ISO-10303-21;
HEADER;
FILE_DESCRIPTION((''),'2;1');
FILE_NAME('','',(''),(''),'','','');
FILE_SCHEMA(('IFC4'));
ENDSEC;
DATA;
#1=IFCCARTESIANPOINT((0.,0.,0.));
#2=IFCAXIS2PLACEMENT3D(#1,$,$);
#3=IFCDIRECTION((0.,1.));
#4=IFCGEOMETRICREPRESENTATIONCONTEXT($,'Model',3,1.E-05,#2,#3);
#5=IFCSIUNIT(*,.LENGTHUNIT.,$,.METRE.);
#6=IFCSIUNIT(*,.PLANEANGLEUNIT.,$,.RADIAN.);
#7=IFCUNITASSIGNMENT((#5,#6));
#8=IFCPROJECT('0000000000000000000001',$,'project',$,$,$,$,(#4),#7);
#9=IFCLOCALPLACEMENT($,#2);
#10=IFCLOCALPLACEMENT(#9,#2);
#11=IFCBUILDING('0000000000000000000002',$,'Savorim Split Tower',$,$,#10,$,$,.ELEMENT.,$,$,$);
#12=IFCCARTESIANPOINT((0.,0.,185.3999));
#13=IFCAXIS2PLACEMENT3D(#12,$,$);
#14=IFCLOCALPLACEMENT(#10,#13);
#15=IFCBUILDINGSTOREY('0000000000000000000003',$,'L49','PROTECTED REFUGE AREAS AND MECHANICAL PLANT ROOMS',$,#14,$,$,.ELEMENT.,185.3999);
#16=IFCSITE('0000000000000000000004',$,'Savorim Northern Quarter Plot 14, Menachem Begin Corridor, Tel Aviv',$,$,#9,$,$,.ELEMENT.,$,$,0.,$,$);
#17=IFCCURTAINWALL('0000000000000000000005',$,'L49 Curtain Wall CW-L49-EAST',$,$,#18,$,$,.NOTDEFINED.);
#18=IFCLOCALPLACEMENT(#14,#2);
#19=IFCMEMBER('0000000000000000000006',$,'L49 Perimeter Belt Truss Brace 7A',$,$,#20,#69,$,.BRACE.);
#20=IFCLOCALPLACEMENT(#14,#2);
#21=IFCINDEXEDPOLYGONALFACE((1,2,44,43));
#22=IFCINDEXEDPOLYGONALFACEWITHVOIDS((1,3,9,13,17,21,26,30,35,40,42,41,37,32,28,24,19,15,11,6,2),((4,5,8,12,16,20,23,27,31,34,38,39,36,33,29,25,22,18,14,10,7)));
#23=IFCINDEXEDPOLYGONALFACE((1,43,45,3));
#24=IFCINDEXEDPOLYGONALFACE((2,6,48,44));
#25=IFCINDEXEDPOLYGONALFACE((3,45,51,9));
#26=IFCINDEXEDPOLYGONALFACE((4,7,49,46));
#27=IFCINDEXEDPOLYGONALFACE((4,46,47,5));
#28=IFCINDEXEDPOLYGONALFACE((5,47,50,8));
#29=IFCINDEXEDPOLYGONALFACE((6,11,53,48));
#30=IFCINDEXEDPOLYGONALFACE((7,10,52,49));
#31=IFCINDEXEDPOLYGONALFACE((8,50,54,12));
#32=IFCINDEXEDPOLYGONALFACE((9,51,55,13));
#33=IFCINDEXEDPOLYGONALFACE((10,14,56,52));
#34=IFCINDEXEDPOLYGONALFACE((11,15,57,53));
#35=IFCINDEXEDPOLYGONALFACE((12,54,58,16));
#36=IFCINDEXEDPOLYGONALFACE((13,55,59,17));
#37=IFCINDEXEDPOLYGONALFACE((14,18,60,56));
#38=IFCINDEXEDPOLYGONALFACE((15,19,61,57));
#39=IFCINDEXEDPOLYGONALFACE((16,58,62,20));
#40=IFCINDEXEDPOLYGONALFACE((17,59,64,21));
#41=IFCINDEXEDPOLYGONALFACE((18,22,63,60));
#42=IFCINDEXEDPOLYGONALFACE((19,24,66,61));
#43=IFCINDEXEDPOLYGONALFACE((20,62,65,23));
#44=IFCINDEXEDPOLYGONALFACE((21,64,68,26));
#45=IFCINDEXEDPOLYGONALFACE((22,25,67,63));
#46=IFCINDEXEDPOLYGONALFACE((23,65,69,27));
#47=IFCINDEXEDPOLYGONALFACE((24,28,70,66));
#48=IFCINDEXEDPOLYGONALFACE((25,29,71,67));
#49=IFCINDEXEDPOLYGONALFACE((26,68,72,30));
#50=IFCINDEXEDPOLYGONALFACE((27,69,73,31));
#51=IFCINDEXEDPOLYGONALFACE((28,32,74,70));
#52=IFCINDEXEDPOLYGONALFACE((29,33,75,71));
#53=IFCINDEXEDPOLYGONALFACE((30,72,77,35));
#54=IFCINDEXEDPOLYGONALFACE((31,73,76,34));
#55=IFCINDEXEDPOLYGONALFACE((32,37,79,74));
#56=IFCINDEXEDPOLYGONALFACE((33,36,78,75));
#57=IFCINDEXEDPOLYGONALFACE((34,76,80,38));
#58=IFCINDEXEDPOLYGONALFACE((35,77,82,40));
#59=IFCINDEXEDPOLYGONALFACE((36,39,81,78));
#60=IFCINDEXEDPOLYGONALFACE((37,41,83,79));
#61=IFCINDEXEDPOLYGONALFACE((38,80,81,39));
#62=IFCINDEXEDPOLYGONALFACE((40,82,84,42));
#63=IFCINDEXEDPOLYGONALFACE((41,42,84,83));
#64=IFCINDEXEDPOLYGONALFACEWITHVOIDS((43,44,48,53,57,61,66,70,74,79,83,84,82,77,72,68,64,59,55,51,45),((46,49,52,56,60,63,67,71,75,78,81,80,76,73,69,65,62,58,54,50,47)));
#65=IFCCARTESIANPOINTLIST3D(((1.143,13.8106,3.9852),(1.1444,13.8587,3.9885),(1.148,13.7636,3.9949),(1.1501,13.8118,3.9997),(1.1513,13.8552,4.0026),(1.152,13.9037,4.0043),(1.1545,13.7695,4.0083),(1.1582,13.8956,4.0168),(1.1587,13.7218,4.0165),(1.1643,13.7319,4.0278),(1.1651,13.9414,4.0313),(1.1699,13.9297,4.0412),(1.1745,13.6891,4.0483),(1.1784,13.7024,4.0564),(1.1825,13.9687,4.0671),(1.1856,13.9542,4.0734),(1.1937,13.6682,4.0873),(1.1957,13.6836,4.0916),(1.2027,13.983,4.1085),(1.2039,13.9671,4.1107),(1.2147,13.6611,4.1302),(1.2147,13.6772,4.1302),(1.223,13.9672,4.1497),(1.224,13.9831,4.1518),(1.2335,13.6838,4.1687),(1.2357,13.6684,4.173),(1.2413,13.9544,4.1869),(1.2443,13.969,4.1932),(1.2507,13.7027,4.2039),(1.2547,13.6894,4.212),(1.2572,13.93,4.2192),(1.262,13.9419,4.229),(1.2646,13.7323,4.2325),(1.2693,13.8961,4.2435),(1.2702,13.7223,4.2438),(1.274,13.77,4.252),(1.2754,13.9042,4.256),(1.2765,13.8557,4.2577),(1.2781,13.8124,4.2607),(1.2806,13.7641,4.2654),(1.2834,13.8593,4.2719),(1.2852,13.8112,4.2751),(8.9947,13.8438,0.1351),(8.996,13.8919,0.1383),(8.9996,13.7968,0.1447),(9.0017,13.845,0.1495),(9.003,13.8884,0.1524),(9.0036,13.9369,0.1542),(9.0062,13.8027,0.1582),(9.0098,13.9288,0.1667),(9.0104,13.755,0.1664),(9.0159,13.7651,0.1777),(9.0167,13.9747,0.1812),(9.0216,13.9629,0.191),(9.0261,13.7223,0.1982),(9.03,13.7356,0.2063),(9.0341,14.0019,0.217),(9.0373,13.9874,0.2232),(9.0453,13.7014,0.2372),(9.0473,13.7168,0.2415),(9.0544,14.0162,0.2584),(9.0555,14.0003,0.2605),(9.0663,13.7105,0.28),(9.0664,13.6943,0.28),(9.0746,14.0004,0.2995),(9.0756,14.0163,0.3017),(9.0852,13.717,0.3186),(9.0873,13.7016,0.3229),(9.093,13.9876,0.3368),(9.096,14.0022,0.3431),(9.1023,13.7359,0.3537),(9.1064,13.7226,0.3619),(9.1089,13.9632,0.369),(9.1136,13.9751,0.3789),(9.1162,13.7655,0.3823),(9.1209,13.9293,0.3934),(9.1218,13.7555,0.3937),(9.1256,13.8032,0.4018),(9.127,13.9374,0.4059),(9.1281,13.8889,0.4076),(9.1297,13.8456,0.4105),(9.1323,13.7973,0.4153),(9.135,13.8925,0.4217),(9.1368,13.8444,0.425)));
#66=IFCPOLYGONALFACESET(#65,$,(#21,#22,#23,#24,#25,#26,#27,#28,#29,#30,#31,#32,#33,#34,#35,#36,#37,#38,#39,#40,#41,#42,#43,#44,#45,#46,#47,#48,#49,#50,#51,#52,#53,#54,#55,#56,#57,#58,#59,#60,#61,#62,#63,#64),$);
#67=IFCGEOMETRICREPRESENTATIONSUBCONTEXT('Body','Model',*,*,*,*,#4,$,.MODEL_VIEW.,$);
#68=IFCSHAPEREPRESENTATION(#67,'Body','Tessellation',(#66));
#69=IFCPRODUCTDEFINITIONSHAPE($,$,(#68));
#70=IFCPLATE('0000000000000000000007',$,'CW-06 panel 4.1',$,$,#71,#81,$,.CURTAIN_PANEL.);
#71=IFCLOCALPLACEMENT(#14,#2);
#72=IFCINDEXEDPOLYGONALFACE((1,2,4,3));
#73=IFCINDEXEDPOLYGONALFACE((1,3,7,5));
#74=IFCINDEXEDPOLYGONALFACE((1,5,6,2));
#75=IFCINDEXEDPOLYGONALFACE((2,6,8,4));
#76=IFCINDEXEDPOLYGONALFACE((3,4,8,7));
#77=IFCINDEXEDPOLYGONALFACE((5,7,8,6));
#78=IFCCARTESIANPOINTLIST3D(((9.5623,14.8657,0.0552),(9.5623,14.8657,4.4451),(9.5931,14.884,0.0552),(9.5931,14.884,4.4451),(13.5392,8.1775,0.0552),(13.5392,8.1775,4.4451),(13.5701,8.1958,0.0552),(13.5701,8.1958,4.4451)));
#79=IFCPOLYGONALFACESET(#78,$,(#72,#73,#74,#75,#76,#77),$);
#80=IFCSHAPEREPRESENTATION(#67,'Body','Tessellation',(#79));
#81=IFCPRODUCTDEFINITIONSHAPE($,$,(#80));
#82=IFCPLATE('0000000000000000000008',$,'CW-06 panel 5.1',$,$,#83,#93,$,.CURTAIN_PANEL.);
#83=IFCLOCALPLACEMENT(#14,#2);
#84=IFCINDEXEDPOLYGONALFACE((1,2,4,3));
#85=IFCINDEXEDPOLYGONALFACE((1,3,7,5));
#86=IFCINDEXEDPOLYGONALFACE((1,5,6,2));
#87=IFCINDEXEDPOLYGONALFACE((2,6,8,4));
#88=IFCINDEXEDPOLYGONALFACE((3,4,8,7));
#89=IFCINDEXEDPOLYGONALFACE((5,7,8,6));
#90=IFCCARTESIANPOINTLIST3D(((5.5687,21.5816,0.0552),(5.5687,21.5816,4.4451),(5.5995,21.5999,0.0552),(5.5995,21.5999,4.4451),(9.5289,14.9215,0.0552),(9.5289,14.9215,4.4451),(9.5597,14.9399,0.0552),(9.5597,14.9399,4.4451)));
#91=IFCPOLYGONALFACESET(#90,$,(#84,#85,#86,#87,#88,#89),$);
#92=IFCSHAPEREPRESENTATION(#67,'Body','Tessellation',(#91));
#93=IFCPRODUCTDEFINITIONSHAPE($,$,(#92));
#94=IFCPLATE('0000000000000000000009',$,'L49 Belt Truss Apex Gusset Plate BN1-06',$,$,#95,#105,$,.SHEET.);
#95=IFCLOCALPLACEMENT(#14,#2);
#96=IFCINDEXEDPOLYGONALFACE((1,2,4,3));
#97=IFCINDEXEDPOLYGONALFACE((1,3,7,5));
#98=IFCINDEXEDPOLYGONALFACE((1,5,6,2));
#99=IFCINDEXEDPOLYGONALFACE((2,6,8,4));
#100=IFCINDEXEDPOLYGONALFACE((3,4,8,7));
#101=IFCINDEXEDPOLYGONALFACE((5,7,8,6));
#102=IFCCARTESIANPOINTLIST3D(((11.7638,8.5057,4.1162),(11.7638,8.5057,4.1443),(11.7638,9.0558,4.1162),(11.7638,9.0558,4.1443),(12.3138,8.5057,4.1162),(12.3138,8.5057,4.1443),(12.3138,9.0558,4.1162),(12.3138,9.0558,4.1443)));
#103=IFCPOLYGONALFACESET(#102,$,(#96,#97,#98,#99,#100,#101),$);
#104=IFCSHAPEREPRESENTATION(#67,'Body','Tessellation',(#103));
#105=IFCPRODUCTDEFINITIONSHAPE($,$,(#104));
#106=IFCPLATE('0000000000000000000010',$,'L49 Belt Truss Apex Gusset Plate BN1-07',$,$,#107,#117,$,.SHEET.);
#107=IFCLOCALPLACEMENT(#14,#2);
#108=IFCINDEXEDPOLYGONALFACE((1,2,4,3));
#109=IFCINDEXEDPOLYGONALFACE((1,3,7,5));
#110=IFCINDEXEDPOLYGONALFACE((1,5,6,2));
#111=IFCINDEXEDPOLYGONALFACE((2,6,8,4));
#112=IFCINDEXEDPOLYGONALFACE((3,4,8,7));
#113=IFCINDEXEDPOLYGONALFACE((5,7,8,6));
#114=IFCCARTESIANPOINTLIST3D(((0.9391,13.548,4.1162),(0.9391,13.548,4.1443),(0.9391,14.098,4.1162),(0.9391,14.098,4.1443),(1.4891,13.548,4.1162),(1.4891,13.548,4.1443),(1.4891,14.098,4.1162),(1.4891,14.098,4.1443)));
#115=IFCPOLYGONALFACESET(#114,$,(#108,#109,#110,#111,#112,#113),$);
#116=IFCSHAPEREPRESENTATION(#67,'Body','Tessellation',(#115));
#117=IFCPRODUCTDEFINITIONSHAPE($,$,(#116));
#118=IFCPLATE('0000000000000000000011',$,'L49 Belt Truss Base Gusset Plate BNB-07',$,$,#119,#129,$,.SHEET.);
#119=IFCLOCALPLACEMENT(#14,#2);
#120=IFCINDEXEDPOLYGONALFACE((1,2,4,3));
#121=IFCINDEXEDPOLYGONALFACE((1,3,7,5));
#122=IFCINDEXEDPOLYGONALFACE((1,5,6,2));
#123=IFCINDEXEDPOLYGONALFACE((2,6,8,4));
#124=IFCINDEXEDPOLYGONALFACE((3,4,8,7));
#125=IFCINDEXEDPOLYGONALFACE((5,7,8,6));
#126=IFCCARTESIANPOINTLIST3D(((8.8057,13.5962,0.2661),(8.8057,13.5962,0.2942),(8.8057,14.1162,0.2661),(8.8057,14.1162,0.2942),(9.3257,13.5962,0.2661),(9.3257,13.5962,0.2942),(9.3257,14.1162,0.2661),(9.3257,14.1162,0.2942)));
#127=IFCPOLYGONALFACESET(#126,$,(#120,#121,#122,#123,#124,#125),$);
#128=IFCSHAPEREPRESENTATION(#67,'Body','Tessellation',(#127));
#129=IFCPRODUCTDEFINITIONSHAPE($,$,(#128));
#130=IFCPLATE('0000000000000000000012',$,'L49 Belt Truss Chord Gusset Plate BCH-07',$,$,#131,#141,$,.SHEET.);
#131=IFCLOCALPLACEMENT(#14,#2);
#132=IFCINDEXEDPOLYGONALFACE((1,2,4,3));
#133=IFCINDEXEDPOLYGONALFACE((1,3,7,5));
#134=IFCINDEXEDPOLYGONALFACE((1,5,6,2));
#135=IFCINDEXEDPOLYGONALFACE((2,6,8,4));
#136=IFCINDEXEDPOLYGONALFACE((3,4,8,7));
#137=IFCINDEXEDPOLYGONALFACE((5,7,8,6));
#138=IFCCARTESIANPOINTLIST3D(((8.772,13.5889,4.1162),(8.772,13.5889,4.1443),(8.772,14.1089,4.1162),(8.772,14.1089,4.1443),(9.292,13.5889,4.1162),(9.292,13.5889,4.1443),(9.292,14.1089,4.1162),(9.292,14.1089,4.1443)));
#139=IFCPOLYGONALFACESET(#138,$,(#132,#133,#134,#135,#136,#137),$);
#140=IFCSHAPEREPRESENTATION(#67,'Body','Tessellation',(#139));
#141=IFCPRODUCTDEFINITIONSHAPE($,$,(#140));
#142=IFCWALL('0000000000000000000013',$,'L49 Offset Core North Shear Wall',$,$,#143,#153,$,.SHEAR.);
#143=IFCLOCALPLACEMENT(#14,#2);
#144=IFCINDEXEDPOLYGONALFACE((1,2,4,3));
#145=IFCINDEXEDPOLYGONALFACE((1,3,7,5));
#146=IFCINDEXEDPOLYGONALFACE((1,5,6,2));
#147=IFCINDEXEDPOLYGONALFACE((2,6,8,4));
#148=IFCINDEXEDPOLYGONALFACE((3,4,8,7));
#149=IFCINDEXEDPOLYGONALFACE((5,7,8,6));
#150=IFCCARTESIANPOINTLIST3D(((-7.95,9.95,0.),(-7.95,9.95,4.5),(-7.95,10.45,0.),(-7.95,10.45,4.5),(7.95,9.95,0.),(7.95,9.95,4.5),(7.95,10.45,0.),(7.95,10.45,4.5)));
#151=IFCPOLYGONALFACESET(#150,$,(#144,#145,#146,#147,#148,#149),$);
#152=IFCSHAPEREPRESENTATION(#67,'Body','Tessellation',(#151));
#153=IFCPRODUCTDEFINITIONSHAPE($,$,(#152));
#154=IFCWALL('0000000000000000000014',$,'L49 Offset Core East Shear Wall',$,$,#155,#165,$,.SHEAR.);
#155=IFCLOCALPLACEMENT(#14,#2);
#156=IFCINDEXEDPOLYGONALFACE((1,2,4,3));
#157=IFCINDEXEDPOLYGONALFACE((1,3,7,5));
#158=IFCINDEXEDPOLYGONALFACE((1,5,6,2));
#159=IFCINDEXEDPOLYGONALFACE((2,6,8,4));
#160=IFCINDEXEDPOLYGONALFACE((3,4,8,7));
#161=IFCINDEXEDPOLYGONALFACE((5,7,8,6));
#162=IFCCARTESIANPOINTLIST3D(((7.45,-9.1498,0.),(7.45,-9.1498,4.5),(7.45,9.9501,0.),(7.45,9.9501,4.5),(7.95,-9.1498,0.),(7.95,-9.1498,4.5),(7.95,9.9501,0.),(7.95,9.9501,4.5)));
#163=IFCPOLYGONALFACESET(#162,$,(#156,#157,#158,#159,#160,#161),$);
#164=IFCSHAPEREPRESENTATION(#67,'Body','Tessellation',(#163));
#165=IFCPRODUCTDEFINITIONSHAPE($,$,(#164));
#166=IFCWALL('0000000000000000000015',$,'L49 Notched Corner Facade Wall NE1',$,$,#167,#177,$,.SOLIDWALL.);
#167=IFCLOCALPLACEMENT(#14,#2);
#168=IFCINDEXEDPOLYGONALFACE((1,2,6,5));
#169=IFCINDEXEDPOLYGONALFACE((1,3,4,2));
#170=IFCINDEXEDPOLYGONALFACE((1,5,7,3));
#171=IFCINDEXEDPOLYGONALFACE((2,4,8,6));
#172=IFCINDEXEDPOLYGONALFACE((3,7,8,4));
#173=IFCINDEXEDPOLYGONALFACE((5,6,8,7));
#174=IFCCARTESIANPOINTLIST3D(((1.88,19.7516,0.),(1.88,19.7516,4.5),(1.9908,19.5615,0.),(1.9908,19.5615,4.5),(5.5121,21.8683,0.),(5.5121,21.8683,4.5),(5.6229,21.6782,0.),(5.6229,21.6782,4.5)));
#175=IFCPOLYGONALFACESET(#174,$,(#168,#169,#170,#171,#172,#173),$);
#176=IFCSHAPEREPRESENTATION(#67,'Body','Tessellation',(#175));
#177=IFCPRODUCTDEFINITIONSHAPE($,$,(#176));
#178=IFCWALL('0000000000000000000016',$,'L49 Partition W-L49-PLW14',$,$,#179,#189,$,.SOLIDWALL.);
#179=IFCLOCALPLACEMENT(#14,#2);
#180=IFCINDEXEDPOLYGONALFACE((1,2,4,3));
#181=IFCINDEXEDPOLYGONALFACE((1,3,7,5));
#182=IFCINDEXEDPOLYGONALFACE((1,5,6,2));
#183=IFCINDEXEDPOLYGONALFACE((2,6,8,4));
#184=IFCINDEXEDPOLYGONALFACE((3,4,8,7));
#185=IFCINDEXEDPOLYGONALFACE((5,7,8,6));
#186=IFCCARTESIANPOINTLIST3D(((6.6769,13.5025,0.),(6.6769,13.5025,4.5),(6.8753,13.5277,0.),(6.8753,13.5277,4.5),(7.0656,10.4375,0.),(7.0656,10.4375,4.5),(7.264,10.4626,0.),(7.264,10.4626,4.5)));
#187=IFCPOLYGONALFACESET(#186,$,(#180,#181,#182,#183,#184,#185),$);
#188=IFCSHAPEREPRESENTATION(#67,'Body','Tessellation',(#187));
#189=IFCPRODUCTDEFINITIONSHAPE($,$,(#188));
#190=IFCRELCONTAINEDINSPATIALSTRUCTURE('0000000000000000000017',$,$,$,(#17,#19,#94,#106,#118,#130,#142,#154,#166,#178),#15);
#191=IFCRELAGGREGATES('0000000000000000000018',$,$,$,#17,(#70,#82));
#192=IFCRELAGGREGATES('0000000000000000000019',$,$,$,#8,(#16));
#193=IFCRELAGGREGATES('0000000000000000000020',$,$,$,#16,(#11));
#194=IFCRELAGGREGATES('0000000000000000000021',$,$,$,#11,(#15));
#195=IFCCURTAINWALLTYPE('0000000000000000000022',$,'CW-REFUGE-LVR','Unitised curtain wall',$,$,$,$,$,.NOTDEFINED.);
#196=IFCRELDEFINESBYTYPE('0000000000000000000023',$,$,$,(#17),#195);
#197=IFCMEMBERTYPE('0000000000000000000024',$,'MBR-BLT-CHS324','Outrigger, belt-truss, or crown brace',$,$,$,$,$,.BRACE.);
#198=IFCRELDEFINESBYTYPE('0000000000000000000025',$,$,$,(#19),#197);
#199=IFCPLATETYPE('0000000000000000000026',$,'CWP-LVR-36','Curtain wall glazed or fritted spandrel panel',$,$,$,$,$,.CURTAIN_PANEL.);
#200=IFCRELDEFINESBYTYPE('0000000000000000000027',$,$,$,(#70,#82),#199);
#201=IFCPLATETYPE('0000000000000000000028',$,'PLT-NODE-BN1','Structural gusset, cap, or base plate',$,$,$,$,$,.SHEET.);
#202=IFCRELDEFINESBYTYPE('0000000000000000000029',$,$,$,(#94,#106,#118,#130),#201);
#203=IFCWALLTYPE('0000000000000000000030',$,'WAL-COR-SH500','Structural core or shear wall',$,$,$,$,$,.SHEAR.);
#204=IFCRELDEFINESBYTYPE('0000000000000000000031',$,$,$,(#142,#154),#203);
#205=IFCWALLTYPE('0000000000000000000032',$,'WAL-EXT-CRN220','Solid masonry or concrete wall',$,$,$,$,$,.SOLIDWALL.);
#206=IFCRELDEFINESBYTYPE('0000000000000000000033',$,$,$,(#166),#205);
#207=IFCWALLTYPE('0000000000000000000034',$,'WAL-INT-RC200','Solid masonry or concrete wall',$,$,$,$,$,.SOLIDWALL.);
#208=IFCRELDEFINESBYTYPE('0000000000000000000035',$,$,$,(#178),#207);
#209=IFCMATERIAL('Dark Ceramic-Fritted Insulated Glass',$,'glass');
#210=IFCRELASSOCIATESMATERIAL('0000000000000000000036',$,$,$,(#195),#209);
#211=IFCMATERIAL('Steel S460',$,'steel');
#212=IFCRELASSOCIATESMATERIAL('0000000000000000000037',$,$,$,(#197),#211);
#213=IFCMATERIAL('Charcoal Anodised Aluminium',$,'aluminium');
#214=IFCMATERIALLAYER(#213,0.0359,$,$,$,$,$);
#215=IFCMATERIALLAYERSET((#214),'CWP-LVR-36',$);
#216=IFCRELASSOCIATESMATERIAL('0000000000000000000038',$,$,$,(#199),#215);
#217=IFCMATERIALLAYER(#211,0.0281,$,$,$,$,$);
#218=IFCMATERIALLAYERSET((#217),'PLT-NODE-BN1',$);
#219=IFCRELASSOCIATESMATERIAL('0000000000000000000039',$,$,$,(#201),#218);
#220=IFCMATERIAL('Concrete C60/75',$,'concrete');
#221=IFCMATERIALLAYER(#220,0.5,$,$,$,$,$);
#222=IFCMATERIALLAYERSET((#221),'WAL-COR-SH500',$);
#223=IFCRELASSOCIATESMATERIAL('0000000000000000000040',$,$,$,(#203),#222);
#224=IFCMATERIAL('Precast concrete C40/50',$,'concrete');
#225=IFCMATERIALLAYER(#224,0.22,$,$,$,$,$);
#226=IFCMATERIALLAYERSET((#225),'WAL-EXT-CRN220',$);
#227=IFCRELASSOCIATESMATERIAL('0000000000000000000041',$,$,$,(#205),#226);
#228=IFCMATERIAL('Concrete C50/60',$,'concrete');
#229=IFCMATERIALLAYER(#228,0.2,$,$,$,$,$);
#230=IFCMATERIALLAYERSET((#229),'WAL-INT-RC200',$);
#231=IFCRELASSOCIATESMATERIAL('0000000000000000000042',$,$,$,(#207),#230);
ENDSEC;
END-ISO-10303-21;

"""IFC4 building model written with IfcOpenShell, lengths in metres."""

from ifc_helpers import new_model, si_unit, direction, frame, frame_2d, origin, origin_2d, place, context, subcontext, project, spatial, rectangle, hollow_circle, extrude, material, layer, layer_set, material_profile, profile_set, type_object, element, aggregate, save


model = new_model("IFC4")

# Units and contexts
model_context = context("Model", 3, precision=1e-05, world=origin(), true_north=direction((0.0, 1.0)))
body_context = subcontext(model_context, "Body", "Model", "MODEL_VIEW")
ifc_project = project(units=[si_unit("LENGTHUNIT", "METRE"), si_unit("PLANEANGLEUNIT", "RADIAN")], contexts=[model_context])

# Site, building, storey
site_placement = place(None, origin())
site = spatial("IfcSite", under=ifc_project, at=site_placement, Name="Savorim Northern Quarter Plot 14, Menachem Begin Corridor, Tel Aviv", CompositionType="ELEMENT", RefElevation=0.0)
building_placement = place(site_placement, origin())
building = spatial("IfcBuilding", under=site, at=building_placement, Name="Savorim Split Tower", CompositionType="ELEMENT")
storey_placement = place(building_placement, frame((0.0, 0.0, 185.3999)))
storey = spatial("IfcBuildingStorey", under=building, at=storey_placement, Name="L49", Description="PROTECTED REFUGE AREAS AND MECHANICAL PLANT ROOMS", CompositionType="ELEMENT", Elevation=185.3999)

# Shared definitions
ifc_material_1 = material(Name="Steel S460", Category="steel")

# Curtain wall
ifc_material_2 = material(Name="Dark Ceramic-Fritted Insulated Glass", Category="glass")
curtain_wall_type = type_object("IfcCurtainWallType", Name="CW-REFUGE-LVR", Description="Unitised curtain wall", PredefinedType="NOTDEFINED", material=ifc_material_2)
curtain_wall_placement = place(storey_placement, origin())
curtain_wall = element("IfcCurtainWall", 1, at=curtain_wall_placement, inside=storey, type_object=curtain_wall_type, Name="L49 Curtain Wall CW-L49-EAST", PredefinedType="NOTDEFINED")
ifc_material_3 = material(Name="Charcoal Anodised Aluminium", Category="aluminium")

# Member
ifc_material_profile_1 = material_profile(ifc_material_1, hollow_circle(Radius=0.1619, WallThickness=0.0161, at=origin_2d()), Name="CHS 323.9x16")
ifc_profile_set_1 = profile_set([ifc_material_profile_1], Name="Steel S460")
member_type_1 = type_object("IfcMemberType", Name="MBR-BLT-CHS324", Description="Outrigger, belt-truss, or crown brace", PredefinedType="BRACE", material=ifc_profile_set_1)
member_1_placement = place(storey_placement, frame((9.0657, 13.8562, 0.28), z_axis=(-0.897856, -0.003797, 0.440273), x_axis=(0.004229, -0.999991, 0.0)))
element("IfcMember", 2, at=member_1_placement, inside=storey, type_object=member_type_1, Name="L49 Perimeter Belt Truss Brace 7A", PredefinedType="BRACE", context=body_context, shape_type="SweptSolid", body=[
    extrude(hollow_circle(Radius=0.1619, WallThickness=0.0161, at=origin_2d()), origin(), (0.0, 0.0, 1.0), 8.7449),
])

# Plates
ifc_layer_1 = layer(ifc_material_3, 0.0359)
ifc_layer_set_1 = layer_set([ifc_layer_1], Name="CWP-LVR-36")
plate_type_1 = type_object("IfcPlateType", Name="CWP-LVR-36", Description="Curtain wall glazed or fritted spandrel panel", PredefinedType="CURTAIN_PANEL", material=ifc_layer_set_1)
plate_1_placement = place(storey_placement, frame((11.5662, 11.5308, 0.0552), z_axis=(0.0, 0.0, 1.0), x_axis=(-0.511092, 0.859526, 0.0)))
plate_1 = element("IfcPlate", 3, at=plate_1_placement, type_object=plate_type_1, Name="CW-06 panel 4.1", PredefinedType="CURTAIN_PANEL", context=body_context, shape_type="SweptSolid", body=[
    extrude(rectangle(XDim=7.7812, YDim=0.0359, at=origin_2d()), origin(), (0.0, 0.0, 1.0), 4.3899),
])
plate_2_placement = place(storey_placement, frame((7.5642, 18.2607, 0.0552), z_axis=(0.0, 0.0, 1.0), x_axis=(-0.511092, 0.859526, 0.0)))
plate_2 = element("IfcPlate", 4, at=plate_2_placement, type_object=plate_type_1, Name="CW-06 panel 5.1", PredefinedType="CURTAIN_PANEL", context=body_context, shape_type="SweptSolid", body=[
    extrude(rectangle(XDim=7.7485, YDim=0.0359, at=origin_2d()), origin(), (0.0, 0.0, 1.0), 4.3899),
])
aggregate(curtain_wall, [plate_1, plate_2])

# Plates
ifc_layer_2 = layer(ifc_material_1, 0.0281)
ifc_layer_set_2 = layer_set([ifc_layer_2], Name="PLT-NODE-BN1")
plate_type_2 = type_object("IfcPlateType", Name="PLT-NODE-BN1", Description="Structural gusset, cap, or base plate", PredefinedType="SHEET", material=ifc_layer_set_2)
for number, where, z_axis, x_axis, name in (
    (5, (12.0388, 8.7808, 4.1162), (0.0, 0.0, 1.0), (1.0, 0.0, 0.0), "L49 Belt Truss Apex Gusset Plate BN1-06"),
    (6, (1.2141, 13.823, 4.1162), (0.0, 0.0, 1.0), (1.0, 0.0, 0.0), "L49 Belt Truss Apex Gusset Plate BN1-07"),
):
    element("IfcPlate", number, at=place(storey_placement, frame(where, z_axis=z_axis, x_axis=x_axis)), inside=storey, type_object=plate_type_2, Name=name, PredefinedType="SHEET", context=body_context, shape_type="SweptSolid", body=[
        extrude(rectangle(XDim=0.55, YDim=0.55, at=origin_2d()), origin(), (0.0, 0.0, 1.0), 0.0281),
    ])
for number, where, z_axis, x_axis, name in (
    (7, (9.0657, 13.8562, 0.2661), (0.0, 0.0, 1.0), (1.0, 0.0, 0.0), "L49 Belt Truss Base Gusset Plate BNB-07"),
    (8, (9.032, 13.8489, 4.1162), (0.0, 0.0, 1.0), (1.0, 0.0, 0.0), "L49 Belt Truss Chord Gusset Plate BCH-07"),
):
    element("IfcPlate", number, at=place(storey_placement, frame(where, z_axis=z_axis, x_axis=x_axis)), inside=storey, type_object=plate_type_2, Name=name, PredefinedType="SHEET", context=body_context, shape_type="SweptSolid", body=[
        extrude(rectangle(XDim=0.52, YDim=0.52, at=origin_2d()), origin(), (0.0, 0.0, 1.0), 0.0281),
    ])

# Walls
ifc_material_4 = material(Name="Concrete C60/75", Category="concrete")
ifc_layer_3 = layer(ifc_material_4, 0.5)
ifc_layer_set_3 = layer_set([ifc_layer_3], Name="WAL-COR-SH500")
wall_type_1 = type_object("IfcWallType", Name="WAL-COR-SH500", Description="Structural core or shear wall", PredefinedType="SHEAR", material=ifc_layer_set_3)
wall_1_placement = place(storey_placement, frame((7.95, 10.2, 0.0), z_axis=(0.0, 0.0, 1.0), x_axis=(-1.0, 0.0, 0.0)))
element("IfcWall", 9, at=wall_1_placement, inside=storey, type_object=wall_type_1, Name="L49 Offset Core North Shear Wall", PredefinedType="SHEAR", context=body_context, shape_type="SweptSolid", body=[
    extrude(rectangle(XDim=15.8999, YDim=0.5, at=frame_2d((7.95, 0.0))), origin(), (0.0, 0.0, 1.0), 4.5),
])
wall_2_placement = place(storey_placement, frame((7.7, 9.95, 0.0), z_axis=(0.0, 0.0, 1.0), x_axis=(0.0, -1.0, 0.0)))
element("IfcWall", 10, at=wall_2_placement, inside=storey, type_object=wall_type_1, Name="L49 Offset Core East Shear Wall", PredefinedType="SHEAR", context=body_context, shape_type="SweptSolid", body=[
    extrude(rectangle(XDim=19.0999, YDim=0.5, at=frame_2d((9.5498, 0.0))), origin(), (0.0, 0.0, 1.0), 4.5),
])
ifc_material_5 = material(Name="Precast concrete C40/50", Category="concrete")
ifc_layer_4 = layer(ifc_material_5, 0.22)
ifc_layer_set_4 = layer_set([ifc_layer_4], Name="WAL-EXT-CRN220")
wall_type_2 = type_object("IfcWallType", Name="WAL-EXT-CRN220", Description="Solid masonry or concrete wall", PredefinedType="SOLIDWALL", material=ifc_layer_set_4)
wall_3_placement = place(storey_placement, frame((1.9353, 19.6565, 0.0), z_axis=(0.0, 0.0, 1.0), x_axis=(0.863987, 0.503514, 0.0)))
element("IfcWall", 11, at=wall_3_placement, inside=storey, type_object=wall_type_2, Name="L49 Notched Corner Facade Wall NE1", PredefinedType="SOLIDWALL", context=body_context, shape_type="SweptSolid", body=[
    extrude(rectangle(XDim=4.2039, YDim=0.22, at=frame_2d((2.1021, 0.0))), origin(), (0.0, 0.0, 1.0), 4.5),
])
ifc_material_6 = material(Name="Concrete C50/60", Category="concrete")
ifc_layer_5 = layer(ifc_material_6, 0.2)
ifc_layer_set_5 = layer_set([ifc_layer_5], Name="WAL-INT-RC200")
wall_type_3 = type_object("IfcWallType", Name="WAL-INT-RC200", Description="Solid masonry or concrete wall", PredefinedType="SOLIDWALL", material=ifc_layer_set_5)
wall_4_placement = place(storey_placement, frame((7.1648, 10.45, 0.0), z_axis=(0.0, 0.0, 1.0), x_axis=(-0.125805, 0.992055, 0.0)))
element("IfcWall", 12, at=wall_4_placement, inside=storey, type_object=wall_type_3, Name="L49 Partition W-L49-PLW14", PredefinedType="SOLIDWALL", context=body_context, shape_type="SweptSolid", body=[
    extrude(rectangle(XDim=3.0896, YDim=0.2, at=frame_2d((1.5449, 0.0))), origin(), (0.0, 0.0, 1.0), 4.5),
])

save(model, "model.ifc")
